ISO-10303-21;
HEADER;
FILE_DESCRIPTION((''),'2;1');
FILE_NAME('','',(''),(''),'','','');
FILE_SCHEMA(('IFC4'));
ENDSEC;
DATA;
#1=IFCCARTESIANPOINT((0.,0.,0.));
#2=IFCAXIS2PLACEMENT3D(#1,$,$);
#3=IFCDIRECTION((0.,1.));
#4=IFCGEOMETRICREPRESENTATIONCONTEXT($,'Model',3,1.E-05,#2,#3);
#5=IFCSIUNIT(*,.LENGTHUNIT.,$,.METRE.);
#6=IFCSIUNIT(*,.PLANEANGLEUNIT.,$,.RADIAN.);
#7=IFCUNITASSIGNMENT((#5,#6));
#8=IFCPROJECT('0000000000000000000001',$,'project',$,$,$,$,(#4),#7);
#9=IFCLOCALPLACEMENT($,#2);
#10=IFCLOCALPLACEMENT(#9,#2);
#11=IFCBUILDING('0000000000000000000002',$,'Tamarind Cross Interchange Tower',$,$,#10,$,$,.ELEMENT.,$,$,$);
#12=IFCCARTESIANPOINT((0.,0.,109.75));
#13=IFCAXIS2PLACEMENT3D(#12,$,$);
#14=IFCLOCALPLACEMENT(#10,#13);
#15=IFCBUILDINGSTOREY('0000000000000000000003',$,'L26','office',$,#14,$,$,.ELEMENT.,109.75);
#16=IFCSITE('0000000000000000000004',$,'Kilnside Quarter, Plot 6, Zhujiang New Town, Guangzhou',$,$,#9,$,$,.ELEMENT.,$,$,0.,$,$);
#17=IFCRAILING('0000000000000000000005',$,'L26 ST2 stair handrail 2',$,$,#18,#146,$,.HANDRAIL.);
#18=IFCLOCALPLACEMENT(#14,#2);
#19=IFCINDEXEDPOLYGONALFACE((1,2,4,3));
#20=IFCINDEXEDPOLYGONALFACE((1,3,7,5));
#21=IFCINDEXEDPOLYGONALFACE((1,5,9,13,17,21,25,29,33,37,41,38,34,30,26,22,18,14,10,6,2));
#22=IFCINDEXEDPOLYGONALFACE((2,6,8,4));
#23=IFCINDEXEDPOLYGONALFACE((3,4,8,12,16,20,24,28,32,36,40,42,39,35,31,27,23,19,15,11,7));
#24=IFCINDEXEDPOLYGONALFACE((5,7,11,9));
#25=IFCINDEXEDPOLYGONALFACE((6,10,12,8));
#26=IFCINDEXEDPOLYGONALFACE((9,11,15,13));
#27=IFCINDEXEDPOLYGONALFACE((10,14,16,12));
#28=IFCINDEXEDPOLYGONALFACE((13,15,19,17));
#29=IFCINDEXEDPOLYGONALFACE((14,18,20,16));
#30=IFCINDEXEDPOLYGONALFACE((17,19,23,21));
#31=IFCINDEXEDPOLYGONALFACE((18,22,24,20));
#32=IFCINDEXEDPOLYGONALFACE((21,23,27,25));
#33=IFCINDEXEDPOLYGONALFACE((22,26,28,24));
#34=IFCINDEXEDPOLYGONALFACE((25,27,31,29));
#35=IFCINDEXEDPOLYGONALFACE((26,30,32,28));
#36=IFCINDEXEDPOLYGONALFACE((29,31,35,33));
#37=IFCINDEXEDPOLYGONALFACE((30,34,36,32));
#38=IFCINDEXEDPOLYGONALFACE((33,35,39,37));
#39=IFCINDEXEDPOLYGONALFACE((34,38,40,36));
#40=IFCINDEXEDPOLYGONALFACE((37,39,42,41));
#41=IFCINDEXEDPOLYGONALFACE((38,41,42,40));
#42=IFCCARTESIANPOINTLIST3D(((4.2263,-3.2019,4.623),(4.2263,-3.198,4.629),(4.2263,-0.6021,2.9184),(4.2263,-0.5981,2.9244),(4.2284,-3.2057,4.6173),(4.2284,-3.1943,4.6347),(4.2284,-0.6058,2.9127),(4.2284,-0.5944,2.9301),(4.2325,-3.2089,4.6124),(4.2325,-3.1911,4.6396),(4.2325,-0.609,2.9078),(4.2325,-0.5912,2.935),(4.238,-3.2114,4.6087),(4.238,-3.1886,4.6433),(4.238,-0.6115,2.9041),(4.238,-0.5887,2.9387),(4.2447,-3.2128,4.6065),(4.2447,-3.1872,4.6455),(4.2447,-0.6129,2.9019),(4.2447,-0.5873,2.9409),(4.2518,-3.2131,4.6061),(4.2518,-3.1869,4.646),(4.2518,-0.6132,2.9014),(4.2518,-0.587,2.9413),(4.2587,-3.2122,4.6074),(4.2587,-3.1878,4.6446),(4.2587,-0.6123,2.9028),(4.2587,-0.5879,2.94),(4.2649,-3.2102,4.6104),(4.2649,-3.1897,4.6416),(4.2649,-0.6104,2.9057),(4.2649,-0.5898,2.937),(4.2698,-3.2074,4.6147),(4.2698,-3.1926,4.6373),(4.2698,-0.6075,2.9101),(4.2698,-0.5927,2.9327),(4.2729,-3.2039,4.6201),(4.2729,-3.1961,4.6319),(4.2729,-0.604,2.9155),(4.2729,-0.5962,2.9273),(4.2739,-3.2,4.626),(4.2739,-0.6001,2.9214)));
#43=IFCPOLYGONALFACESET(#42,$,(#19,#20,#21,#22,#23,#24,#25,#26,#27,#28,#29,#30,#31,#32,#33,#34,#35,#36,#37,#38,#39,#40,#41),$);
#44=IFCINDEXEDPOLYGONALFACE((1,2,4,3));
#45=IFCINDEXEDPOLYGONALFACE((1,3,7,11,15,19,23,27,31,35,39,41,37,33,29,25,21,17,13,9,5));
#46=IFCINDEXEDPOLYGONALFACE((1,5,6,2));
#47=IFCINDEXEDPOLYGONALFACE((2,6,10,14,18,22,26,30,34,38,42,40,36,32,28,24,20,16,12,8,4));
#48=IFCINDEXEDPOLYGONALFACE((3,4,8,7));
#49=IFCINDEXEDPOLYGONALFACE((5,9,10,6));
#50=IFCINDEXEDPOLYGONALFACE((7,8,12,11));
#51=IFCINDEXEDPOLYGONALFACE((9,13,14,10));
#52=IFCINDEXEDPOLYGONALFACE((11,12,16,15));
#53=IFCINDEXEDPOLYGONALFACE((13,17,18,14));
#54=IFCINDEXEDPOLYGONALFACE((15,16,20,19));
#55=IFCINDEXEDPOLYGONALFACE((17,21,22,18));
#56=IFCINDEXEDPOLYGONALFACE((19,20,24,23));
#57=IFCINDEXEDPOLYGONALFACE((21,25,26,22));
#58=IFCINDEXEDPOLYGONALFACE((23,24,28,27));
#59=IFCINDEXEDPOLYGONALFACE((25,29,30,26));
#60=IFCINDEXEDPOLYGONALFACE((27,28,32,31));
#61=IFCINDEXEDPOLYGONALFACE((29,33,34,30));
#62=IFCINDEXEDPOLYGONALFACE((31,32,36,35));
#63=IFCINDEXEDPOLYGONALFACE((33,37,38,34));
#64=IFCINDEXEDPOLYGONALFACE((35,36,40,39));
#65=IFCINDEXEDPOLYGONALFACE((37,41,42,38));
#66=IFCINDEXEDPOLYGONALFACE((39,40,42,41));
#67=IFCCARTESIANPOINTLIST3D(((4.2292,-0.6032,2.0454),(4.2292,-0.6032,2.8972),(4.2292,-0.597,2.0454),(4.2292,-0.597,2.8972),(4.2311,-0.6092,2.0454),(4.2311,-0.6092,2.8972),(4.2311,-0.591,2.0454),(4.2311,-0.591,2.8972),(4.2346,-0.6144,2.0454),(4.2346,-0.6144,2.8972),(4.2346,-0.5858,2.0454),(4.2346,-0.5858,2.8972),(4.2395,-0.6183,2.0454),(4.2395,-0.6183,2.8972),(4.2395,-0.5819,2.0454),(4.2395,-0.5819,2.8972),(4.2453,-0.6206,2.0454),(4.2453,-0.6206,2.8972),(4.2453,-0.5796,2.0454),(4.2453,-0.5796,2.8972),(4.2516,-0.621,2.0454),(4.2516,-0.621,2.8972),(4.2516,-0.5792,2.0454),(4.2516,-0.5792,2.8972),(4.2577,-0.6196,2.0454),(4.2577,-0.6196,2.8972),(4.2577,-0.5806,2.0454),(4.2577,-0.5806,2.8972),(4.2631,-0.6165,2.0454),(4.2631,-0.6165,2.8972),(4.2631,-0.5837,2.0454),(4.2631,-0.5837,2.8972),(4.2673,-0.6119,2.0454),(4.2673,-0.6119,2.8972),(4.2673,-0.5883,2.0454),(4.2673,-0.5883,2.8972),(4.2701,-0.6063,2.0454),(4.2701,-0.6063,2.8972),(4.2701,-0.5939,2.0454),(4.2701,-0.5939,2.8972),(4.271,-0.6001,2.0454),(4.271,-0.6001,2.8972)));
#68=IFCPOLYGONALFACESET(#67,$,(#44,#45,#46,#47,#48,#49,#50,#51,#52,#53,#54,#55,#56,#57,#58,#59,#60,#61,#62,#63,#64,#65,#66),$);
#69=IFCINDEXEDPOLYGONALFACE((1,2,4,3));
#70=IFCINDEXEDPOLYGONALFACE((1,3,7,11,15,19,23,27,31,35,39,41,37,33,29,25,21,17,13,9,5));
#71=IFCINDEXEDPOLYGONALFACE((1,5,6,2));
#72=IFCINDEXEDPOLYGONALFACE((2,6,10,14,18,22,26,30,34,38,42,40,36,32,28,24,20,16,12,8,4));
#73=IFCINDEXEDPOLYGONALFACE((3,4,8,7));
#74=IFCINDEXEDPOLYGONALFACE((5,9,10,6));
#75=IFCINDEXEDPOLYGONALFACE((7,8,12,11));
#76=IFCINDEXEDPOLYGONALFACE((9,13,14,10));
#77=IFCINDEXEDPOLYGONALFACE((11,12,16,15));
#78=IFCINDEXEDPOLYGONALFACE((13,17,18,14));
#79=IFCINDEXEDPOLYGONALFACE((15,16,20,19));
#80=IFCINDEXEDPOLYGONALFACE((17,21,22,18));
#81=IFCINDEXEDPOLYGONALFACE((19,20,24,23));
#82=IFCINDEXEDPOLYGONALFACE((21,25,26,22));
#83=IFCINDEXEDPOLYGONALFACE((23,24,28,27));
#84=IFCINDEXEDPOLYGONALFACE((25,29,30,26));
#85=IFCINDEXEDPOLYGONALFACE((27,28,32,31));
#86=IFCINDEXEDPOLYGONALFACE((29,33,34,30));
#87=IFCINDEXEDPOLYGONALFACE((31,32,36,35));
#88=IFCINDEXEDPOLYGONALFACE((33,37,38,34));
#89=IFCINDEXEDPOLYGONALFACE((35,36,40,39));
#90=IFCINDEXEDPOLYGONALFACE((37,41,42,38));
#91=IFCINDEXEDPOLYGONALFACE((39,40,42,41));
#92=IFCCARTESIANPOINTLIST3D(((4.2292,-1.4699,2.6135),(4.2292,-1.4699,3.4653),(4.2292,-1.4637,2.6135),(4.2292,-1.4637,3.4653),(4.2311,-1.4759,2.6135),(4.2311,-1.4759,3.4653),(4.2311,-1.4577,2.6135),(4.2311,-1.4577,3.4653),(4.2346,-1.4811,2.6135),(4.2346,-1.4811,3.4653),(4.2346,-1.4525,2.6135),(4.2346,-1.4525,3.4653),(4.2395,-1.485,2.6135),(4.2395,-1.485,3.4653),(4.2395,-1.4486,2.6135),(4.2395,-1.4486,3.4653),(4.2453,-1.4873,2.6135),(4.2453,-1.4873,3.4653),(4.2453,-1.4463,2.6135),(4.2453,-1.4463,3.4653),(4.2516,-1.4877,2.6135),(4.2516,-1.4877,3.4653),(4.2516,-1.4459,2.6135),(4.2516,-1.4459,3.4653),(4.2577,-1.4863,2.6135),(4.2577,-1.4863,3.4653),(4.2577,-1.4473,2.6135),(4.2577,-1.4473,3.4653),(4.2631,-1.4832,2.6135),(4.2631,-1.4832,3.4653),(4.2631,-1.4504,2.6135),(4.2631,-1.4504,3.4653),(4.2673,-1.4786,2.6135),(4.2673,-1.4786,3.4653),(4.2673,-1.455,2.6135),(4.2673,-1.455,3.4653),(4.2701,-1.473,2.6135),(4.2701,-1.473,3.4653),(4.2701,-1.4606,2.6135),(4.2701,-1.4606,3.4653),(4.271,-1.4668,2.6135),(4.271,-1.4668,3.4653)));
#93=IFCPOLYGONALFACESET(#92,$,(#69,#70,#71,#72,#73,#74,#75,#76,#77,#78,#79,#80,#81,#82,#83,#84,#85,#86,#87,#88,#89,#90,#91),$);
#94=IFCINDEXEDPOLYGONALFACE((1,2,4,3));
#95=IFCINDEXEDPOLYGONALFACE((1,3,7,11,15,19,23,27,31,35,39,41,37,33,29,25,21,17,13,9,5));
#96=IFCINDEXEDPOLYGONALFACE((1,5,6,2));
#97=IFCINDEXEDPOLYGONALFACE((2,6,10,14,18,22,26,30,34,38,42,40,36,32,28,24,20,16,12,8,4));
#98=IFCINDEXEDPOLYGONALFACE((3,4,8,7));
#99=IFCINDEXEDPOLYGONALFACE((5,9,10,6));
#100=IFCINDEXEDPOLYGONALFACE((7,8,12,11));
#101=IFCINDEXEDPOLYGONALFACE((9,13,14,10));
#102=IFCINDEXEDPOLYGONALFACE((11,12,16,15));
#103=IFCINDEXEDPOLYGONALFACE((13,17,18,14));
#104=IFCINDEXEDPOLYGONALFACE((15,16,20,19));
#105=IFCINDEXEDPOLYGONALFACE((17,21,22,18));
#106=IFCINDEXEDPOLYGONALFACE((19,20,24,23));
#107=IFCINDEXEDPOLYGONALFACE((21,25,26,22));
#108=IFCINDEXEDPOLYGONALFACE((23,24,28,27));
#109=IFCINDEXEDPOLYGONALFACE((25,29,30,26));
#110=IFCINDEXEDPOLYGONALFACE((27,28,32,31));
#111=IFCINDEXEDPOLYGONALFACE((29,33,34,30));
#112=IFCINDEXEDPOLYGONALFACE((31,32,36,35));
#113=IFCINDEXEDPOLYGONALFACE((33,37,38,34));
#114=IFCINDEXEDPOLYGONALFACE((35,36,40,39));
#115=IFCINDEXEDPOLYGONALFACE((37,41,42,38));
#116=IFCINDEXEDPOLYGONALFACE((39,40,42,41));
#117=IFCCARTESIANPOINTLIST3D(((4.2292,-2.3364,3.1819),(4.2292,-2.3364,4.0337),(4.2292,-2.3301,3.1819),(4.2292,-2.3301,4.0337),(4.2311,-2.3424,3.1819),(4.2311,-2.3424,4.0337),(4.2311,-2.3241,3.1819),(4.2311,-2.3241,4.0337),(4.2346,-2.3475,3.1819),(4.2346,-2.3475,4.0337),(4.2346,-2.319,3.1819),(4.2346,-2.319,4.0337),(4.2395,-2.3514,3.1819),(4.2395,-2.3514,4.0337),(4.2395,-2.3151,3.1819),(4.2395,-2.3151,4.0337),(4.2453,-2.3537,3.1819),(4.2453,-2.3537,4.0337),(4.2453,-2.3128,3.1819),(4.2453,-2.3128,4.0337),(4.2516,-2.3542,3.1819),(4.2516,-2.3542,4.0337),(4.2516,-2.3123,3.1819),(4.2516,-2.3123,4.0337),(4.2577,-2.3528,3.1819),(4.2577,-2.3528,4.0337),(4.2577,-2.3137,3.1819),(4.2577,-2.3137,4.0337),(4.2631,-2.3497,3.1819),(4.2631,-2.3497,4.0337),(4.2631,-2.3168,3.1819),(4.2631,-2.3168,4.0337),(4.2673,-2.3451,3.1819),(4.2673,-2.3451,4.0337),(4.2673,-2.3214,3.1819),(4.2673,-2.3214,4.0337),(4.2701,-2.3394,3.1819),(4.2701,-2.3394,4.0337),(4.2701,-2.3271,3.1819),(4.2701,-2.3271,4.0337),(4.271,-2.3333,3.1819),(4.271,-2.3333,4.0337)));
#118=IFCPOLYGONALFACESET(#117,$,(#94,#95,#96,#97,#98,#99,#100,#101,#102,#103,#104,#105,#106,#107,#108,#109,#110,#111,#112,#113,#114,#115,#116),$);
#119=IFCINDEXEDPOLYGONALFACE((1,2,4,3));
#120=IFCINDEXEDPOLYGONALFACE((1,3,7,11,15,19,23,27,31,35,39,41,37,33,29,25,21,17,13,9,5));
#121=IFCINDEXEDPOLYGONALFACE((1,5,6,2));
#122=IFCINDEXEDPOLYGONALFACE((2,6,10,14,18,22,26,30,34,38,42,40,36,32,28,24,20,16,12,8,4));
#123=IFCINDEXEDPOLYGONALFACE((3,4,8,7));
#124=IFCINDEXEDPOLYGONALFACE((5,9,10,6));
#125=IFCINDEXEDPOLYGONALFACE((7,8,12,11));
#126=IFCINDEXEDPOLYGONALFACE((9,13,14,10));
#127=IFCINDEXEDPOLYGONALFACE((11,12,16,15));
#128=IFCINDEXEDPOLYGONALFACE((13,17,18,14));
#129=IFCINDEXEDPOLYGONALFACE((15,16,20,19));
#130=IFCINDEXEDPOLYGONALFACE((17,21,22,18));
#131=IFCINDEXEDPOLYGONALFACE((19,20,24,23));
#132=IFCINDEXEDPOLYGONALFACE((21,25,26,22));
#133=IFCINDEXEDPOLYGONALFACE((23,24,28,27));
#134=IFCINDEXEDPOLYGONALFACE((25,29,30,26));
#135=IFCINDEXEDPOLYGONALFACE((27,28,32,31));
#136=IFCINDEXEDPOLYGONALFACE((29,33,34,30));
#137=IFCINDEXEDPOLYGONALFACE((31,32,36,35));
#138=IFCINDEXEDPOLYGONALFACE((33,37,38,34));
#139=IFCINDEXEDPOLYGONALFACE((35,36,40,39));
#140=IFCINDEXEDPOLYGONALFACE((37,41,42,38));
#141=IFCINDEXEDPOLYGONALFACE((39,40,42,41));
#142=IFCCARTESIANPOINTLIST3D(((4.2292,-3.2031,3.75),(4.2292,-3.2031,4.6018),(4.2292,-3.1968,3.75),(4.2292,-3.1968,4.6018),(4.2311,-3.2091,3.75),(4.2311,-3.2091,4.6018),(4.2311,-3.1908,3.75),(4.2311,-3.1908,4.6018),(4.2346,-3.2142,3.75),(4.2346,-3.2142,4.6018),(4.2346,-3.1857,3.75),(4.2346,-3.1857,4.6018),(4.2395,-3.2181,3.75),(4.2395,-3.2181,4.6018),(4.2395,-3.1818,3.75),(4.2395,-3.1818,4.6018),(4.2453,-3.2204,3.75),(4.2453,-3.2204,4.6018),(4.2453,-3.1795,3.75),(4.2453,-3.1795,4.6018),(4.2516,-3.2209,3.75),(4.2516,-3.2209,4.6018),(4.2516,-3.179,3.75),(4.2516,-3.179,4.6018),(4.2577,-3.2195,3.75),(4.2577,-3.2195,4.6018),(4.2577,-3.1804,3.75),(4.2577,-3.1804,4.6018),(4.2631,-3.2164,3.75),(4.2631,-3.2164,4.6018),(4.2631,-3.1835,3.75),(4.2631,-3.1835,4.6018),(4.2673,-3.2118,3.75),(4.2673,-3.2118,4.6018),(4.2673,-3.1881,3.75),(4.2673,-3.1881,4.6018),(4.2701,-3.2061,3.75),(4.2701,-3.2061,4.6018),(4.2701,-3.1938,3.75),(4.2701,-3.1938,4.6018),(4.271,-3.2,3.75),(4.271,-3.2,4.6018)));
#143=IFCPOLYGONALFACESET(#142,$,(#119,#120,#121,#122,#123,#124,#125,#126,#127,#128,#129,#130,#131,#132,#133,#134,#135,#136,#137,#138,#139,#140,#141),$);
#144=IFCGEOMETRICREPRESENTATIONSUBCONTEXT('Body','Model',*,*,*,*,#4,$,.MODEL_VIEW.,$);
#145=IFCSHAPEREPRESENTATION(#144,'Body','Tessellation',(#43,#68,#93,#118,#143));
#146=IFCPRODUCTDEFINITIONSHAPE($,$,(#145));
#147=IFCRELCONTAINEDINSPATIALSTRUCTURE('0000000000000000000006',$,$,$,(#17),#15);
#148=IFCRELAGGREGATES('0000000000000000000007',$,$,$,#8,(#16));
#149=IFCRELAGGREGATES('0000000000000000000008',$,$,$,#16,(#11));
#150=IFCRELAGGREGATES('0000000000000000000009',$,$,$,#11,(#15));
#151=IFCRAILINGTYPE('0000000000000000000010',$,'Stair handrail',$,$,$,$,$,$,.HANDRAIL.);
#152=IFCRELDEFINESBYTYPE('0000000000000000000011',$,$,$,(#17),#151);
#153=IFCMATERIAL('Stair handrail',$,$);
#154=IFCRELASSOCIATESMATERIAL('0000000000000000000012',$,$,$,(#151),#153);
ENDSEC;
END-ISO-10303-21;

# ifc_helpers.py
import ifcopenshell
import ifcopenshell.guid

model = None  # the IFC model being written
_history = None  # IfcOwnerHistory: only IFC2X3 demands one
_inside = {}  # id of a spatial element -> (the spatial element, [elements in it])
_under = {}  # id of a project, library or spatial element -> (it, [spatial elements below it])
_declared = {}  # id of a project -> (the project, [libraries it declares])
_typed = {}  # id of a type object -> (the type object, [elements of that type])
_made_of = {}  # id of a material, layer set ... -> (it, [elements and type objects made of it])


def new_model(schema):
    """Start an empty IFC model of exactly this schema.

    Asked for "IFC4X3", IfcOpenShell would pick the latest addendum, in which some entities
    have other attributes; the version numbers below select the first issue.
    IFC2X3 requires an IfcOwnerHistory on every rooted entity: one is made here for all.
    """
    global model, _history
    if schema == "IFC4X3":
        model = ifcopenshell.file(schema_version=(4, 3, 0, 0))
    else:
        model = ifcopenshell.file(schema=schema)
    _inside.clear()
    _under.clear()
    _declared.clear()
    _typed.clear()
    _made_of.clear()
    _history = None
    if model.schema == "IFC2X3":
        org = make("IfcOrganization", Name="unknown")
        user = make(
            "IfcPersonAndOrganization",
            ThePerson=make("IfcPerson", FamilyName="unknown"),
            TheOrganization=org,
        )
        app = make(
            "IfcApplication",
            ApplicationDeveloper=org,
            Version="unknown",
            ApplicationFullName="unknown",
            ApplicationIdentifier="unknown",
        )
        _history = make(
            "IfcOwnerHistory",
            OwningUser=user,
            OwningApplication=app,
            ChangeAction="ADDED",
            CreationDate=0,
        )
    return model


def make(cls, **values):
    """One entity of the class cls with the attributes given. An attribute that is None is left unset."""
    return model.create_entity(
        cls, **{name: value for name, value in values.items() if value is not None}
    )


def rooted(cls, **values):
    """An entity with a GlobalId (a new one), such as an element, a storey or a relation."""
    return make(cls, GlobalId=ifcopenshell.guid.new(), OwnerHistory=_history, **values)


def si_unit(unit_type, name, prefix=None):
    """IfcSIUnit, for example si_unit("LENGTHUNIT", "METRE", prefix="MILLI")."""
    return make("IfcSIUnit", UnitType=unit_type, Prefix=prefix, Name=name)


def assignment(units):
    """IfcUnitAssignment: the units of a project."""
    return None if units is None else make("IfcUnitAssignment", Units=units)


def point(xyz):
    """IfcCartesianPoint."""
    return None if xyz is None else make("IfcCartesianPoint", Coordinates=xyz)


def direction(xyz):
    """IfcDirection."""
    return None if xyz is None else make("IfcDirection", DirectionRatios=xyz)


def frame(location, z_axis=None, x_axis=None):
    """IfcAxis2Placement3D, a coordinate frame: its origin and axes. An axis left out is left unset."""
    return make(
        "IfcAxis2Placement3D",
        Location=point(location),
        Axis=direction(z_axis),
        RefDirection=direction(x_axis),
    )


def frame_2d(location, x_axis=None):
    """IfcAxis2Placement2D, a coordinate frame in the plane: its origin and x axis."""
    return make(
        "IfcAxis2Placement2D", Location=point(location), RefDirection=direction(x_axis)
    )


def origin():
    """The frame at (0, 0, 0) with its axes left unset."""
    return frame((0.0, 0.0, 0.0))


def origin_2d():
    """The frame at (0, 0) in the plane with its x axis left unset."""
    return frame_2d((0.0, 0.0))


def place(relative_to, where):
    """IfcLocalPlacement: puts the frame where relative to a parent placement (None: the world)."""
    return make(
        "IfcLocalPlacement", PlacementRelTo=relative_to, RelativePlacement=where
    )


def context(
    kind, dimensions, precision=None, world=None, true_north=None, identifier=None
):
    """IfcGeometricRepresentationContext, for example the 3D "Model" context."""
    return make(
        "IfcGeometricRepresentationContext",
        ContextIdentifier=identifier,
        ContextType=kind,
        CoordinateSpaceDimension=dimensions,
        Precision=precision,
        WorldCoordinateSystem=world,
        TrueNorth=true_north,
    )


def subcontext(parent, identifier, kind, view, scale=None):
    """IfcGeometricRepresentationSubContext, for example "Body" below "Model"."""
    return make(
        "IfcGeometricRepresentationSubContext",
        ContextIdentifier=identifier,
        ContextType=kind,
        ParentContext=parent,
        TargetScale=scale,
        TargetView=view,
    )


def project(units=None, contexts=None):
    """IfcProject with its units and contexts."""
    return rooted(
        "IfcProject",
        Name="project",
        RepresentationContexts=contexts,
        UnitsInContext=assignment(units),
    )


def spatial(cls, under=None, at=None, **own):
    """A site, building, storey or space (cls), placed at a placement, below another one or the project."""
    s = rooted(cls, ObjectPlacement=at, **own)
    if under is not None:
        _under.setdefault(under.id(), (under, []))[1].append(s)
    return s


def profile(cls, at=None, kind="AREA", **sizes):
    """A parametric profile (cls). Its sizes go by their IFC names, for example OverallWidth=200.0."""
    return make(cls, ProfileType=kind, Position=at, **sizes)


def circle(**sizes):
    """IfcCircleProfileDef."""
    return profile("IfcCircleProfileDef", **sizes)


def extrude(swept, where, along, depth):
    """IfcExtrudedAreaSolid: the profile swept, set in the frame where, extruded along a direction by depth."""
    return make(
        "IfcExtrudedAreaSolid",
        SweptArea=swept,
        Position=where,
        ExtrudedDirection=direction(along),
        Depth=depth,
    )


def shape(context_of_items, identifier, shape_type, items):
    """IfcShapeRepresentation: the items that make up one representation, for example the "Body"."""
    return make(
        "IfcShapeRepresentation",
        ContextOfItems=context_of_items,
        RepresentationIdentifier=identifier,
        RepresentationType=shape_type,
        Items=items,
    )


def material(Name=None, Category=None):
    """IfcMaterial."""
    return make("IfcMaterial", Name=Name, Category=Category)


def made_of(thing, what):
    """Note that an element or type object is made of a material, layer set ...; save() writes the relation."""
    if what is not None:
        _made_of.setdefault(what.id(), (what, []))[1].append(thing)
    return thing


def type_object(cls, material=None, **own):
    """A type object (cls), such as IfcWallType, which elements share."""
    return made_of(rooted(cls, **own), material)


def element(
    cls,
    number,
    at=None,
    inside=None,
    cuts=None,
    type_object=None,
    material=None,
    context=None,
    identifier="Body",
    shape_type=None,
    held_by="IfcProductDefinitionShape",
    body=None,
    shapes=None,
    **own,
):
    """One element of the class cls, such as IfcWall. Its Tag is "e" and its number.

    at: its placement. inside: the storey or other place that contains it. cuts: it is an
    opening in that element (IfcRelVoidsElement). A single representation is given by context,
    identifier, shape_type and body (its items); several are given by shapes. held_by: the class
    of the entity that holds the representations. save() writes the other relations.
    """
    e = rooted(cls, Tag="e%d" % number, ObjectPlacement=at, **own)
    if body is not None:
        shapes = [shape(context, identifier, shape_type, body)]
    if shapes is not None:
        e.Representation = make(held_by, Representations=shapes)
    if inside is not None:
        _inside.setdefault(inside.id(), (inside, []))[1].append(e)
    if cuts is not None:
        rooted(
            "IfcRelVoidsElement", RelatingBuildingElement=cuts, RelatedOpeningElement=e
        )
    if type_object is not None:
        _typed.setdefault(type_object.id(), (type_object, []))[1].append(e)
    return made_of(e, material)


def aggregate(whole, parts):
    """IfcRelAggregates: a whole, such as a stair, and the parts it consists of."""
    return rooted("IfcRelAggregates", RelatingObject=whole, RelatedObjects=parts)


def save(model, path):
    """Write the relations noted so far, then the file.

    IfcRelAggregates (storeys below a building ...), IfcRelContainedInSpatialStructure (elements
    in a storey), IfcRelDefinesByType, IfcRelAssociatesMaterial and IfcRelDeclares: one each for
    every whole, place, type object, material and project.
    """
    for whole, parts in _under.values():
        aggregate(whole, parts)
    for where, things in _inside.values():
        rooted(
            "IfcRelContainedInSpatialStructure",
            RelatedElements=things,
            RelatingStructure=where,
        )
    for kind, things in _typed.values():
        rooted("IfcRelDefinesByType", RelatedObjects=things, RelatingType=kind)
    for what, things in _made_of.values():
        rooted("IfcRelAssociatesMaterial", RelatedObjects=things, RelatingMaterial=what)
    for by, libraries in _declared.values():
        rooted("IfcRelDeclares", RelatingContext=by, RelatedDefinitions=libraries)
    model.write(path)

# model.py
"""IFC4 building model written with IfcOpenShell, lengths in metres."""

from ifc_helpers import new_model, si_unit, direction, frame, origin, origin_2d, place, context, subcontext, project, spatial, circle, extrude, material, type_object, element, save


model = new_model("IFC4")

# Units and contexts
model_context = context("Model", 3, precision=1e-05, world=origin(), true_north=direction((0.0, 1.0)))
body_context = subcontext(model_context, "Body", "Model", "MODEL_VIEW")
ifc_project = project(units=[si_unit("LENGTHUNIT", "METRE"), si_unit("PLANEANGLEUNIT", "RADIAN")], contexts=[model_context])

# Site, building, storey
site_placement = place(None, origin())
site = spatial("IfcSite", under=ifc_project, at=site_placement, Name="Kilnside Quarter, Plot 6, Zhujiang New Town, Guangzhou", CompositionType="ELEMENT", RefElevation=0.0)
building_placement = place(site_placement, origin())
building = spatial("IfcBuilding", under=site, at=building_placement, Name="Tamarind Cross Interchange Tower", CompositionType="ELEMENT")
storey_placement = place(building_placement, frame((0.0, 0.0, 109.75)))
storey = spatial("IfcBuildingStorey", under=building, at=storey_placement, Name="L26", Description="office", CompositionType="ELEMENT", Elevation=109.75)

# Railing
ifc_material_1 = material(Name="Stair handrail")
railing_type_1 = type_object("IfcRailingType", Name="Stair handrail", PredefinedType="HANDRAIL", material=ifc_material_1)
railing_1_placement = place(storey_placement, frame((4.25, -0.6001, 2.0454)))
element("IfcRailing", 1, at=railing_1_placement, inside=storey, type_object=railing_type_1, Name="L26 ST2 stair handrail 2", PredefinedType="HANDRAIL", context=body_context, shape_type="SweptSolid", body=[
    extrude(circle(Radius=0.0239, at=origin_2d()), frame((0.0, 0.0, 0.876), z_axis=(0.0, -0.836279, 0.548305), x_axis=(1.0, 0.0, 0.0)), (0.0, 0.0, 1.0), 3.1089),
    extrude(circle(Radius=0.021, at=origin_2d()), origin(), (0.0, 0.0, 1.0), 0.8518),
    extrude(circle(Radius=0.021, at=origin_2d()), frame((0.0, -0.8667, 0.5681)), (0.0, 0.0, 1.0), 0.8518),
    extrude(circle(Radius=0.021, at=origin_2d()), frame((0.0, -1.7332, 1.1365)), (0.0, 0.0, 1.0), 0.8518),
    extrude(circle(Radius=0.021, at=origin_2d()), frame((0.0, -2.5999, 1.7046)), (0.0, 0.0, 1.0), 0.8518),
])

save(model, "model.ifc")
